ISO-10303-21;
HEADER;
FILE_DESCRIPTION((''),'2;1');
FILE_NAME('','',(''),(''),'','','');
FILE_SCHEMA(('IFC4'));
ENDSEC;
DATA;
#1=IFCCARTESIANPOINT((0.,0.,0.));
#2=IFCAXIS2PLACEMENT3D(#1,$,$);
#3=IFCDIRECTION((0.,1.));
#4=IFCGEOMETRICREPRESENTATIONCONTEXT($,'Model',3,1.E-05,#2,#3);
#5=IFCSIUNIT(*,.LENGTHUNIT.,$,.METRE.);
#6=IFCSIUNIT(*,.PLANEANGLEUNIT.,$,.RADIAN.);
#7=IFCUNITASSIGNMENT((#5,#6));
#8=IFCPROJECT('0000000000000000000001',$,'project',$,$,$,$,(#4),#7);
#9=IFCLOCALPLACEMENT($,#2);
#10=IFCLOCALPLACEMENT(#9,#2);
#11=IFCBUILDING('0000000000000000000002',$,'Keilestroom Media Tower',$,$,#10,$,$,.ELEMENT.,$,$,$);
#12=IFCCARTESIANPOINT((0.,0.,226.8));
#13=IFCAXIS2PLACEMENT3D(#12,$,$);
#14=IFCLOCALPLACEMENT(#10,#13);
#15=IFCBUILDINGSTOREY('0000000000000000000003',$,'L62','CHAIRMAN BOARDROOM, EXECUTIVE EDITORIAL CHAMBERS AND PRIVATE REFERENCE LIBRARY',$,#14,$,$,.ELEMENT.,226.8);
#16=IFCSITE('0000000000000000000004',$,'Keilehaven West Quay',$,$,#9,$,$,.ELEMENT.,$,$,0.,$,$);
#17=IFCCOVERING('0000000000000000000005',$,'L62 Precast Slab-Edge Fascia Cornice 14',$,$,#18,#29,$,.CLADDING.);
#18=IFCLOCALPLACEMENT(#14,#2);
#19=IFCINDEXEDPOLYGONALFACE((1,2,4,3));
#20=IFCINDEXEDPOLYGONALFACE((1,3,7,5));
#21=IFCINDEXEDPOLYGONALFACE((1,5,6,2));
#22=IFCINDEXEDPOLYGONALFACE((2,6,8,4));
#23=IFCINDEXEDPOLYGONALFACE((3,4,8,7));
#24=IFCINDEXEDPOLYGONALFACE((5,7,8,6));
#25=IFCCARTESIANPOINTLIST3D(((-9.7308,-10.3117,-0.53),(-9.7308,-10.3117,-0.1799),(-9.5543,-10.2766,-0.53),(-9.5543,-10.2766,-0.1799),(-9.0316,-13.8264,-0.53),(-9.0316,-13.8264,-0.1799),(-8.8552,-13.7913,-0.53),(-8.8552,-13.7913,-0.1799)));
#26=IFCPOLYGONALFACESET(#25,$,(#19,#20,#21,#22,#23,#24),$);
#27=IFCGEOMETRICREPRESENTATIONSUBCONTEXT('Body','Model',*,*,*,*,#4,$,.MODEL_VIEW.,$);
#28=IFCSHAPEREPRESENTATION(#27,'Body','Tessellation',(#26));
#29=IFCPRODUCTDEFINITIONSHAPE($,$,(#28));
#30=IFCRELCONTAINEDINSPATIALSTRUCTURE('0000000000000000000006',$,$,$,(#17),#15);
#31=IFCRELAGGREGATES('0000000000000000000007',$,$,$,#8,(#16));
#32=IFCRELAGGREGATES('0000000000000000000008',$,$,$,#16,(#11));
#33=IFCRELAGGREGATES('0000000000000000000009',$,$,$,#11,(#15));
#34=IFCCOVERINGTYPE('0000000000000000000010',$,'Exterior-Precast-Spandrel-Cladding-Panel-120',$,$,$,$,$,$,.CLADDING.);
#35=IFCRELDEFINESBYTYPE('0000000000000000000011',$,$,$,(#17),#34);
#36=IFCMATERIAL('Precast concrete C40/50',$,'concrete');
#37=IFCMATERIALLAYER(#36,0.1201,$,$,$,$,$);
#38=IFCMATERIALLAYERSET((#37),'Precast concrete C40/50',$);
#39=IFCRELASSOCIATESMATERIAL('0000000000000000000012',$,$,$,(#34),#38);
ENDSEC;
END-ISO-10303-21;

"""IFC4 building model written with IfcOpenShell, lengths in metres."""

from ifc_helpers import new_model, si_unit, direction, frame, origin, origin_2d, place, context, subcontext, project, spatial, rectangle, extrude, source, transform, mapped, material, layer, layer_set, type_object, element, save


model = new_model("IFC4")

# Units and contexts
model_context = context("Model", 3, precision=1e-05, world=origin(), true_north=direction((0.0, 1.0)))
body_context = subcontext(model_context, "Body", "Model", "MODEL_VIEW")
ifc_project = project(units=[si_unit("LENGTHUNIT", "METRE"), si_unit("PLANEANGLEUNIT", "RADIAN")], contexts=[model_context])

# Site, building, storey
site_placement = place(None, origin())
site = spatial("IfcSite", under=ifc_project, at=site_placement, Name="Keilehaven West Quay", CompositionType="ELEMENT", RefElevation=0.0)
building_placement = place(site_placement, origin())
building = spatial("IfcBuilding", under=site, at=building_placement, Name="Keilestroom Media Tower", CompositionType="ELEMENT")
storey_placement = place(building_placement, frame((0.0, 0.0, 226.8)))
storey = spatial("IfcBuildingStorey", under=building, at=storey_placement, Name="L62", Description="CHAIRMAN BOARDROOM, EXECUTIVE EDITORIAL CHAMBERS AND PRIVATE REFERENCE LIBRARY", CompositionType="ELEMENT", Elevation=226.8)

# Shared definitions
ifc_material_1 = material(Name="Precast concrete C40/50", Category="concrete")

# Covering
ifc_layer_1 = layer(ifc_material_1, 0.1201)
ifc_layer_set_1 = layer_set([ifc_layer_1], Name="Precast concrete C40/50")
covering_type = type_object("IfcCoveringType", Name="Exterior-Precast-Spandrel-Cladding-Panel-120", PredefinedType="CLADDING", material=ifc_layer_set_1)
shared_shape_1 = source(origin(), body_context, "Body", "SweptSolid", [
    extrude(rectangle(XDim=3.5835, YDim=0.1799, at=origin_2d()), origin(), (0.0, 0.0, 1.0), 0.3501),
])
covering_1_placement = place(storey_placement, frame((-9.293, -12.0515, -0.53), z_axis=(0.0, 0.0, 1.0), x_axis=(-0.195099, 0.980784, 0.0)))
element("IfcCovering", 1, at=covering_1_placement, inside=storey, type_object=covering_type, Name="L62 Precast Slab-Edge Fascia Cornice 14", PredefinedType="CLADDING", context=body_context, shape_type="MappedRepresentation", body=[
    mapped(shared_shape_1, transform((0.0, 0.0, 0.0), x_axis=(1.0, 0.0, 0.0), y_axis=(0.0, 1.0, 0.0), z_axis=(0.0, 0.0, 1.0), scale=1.0)),
])

save(model, "model.ifc")
